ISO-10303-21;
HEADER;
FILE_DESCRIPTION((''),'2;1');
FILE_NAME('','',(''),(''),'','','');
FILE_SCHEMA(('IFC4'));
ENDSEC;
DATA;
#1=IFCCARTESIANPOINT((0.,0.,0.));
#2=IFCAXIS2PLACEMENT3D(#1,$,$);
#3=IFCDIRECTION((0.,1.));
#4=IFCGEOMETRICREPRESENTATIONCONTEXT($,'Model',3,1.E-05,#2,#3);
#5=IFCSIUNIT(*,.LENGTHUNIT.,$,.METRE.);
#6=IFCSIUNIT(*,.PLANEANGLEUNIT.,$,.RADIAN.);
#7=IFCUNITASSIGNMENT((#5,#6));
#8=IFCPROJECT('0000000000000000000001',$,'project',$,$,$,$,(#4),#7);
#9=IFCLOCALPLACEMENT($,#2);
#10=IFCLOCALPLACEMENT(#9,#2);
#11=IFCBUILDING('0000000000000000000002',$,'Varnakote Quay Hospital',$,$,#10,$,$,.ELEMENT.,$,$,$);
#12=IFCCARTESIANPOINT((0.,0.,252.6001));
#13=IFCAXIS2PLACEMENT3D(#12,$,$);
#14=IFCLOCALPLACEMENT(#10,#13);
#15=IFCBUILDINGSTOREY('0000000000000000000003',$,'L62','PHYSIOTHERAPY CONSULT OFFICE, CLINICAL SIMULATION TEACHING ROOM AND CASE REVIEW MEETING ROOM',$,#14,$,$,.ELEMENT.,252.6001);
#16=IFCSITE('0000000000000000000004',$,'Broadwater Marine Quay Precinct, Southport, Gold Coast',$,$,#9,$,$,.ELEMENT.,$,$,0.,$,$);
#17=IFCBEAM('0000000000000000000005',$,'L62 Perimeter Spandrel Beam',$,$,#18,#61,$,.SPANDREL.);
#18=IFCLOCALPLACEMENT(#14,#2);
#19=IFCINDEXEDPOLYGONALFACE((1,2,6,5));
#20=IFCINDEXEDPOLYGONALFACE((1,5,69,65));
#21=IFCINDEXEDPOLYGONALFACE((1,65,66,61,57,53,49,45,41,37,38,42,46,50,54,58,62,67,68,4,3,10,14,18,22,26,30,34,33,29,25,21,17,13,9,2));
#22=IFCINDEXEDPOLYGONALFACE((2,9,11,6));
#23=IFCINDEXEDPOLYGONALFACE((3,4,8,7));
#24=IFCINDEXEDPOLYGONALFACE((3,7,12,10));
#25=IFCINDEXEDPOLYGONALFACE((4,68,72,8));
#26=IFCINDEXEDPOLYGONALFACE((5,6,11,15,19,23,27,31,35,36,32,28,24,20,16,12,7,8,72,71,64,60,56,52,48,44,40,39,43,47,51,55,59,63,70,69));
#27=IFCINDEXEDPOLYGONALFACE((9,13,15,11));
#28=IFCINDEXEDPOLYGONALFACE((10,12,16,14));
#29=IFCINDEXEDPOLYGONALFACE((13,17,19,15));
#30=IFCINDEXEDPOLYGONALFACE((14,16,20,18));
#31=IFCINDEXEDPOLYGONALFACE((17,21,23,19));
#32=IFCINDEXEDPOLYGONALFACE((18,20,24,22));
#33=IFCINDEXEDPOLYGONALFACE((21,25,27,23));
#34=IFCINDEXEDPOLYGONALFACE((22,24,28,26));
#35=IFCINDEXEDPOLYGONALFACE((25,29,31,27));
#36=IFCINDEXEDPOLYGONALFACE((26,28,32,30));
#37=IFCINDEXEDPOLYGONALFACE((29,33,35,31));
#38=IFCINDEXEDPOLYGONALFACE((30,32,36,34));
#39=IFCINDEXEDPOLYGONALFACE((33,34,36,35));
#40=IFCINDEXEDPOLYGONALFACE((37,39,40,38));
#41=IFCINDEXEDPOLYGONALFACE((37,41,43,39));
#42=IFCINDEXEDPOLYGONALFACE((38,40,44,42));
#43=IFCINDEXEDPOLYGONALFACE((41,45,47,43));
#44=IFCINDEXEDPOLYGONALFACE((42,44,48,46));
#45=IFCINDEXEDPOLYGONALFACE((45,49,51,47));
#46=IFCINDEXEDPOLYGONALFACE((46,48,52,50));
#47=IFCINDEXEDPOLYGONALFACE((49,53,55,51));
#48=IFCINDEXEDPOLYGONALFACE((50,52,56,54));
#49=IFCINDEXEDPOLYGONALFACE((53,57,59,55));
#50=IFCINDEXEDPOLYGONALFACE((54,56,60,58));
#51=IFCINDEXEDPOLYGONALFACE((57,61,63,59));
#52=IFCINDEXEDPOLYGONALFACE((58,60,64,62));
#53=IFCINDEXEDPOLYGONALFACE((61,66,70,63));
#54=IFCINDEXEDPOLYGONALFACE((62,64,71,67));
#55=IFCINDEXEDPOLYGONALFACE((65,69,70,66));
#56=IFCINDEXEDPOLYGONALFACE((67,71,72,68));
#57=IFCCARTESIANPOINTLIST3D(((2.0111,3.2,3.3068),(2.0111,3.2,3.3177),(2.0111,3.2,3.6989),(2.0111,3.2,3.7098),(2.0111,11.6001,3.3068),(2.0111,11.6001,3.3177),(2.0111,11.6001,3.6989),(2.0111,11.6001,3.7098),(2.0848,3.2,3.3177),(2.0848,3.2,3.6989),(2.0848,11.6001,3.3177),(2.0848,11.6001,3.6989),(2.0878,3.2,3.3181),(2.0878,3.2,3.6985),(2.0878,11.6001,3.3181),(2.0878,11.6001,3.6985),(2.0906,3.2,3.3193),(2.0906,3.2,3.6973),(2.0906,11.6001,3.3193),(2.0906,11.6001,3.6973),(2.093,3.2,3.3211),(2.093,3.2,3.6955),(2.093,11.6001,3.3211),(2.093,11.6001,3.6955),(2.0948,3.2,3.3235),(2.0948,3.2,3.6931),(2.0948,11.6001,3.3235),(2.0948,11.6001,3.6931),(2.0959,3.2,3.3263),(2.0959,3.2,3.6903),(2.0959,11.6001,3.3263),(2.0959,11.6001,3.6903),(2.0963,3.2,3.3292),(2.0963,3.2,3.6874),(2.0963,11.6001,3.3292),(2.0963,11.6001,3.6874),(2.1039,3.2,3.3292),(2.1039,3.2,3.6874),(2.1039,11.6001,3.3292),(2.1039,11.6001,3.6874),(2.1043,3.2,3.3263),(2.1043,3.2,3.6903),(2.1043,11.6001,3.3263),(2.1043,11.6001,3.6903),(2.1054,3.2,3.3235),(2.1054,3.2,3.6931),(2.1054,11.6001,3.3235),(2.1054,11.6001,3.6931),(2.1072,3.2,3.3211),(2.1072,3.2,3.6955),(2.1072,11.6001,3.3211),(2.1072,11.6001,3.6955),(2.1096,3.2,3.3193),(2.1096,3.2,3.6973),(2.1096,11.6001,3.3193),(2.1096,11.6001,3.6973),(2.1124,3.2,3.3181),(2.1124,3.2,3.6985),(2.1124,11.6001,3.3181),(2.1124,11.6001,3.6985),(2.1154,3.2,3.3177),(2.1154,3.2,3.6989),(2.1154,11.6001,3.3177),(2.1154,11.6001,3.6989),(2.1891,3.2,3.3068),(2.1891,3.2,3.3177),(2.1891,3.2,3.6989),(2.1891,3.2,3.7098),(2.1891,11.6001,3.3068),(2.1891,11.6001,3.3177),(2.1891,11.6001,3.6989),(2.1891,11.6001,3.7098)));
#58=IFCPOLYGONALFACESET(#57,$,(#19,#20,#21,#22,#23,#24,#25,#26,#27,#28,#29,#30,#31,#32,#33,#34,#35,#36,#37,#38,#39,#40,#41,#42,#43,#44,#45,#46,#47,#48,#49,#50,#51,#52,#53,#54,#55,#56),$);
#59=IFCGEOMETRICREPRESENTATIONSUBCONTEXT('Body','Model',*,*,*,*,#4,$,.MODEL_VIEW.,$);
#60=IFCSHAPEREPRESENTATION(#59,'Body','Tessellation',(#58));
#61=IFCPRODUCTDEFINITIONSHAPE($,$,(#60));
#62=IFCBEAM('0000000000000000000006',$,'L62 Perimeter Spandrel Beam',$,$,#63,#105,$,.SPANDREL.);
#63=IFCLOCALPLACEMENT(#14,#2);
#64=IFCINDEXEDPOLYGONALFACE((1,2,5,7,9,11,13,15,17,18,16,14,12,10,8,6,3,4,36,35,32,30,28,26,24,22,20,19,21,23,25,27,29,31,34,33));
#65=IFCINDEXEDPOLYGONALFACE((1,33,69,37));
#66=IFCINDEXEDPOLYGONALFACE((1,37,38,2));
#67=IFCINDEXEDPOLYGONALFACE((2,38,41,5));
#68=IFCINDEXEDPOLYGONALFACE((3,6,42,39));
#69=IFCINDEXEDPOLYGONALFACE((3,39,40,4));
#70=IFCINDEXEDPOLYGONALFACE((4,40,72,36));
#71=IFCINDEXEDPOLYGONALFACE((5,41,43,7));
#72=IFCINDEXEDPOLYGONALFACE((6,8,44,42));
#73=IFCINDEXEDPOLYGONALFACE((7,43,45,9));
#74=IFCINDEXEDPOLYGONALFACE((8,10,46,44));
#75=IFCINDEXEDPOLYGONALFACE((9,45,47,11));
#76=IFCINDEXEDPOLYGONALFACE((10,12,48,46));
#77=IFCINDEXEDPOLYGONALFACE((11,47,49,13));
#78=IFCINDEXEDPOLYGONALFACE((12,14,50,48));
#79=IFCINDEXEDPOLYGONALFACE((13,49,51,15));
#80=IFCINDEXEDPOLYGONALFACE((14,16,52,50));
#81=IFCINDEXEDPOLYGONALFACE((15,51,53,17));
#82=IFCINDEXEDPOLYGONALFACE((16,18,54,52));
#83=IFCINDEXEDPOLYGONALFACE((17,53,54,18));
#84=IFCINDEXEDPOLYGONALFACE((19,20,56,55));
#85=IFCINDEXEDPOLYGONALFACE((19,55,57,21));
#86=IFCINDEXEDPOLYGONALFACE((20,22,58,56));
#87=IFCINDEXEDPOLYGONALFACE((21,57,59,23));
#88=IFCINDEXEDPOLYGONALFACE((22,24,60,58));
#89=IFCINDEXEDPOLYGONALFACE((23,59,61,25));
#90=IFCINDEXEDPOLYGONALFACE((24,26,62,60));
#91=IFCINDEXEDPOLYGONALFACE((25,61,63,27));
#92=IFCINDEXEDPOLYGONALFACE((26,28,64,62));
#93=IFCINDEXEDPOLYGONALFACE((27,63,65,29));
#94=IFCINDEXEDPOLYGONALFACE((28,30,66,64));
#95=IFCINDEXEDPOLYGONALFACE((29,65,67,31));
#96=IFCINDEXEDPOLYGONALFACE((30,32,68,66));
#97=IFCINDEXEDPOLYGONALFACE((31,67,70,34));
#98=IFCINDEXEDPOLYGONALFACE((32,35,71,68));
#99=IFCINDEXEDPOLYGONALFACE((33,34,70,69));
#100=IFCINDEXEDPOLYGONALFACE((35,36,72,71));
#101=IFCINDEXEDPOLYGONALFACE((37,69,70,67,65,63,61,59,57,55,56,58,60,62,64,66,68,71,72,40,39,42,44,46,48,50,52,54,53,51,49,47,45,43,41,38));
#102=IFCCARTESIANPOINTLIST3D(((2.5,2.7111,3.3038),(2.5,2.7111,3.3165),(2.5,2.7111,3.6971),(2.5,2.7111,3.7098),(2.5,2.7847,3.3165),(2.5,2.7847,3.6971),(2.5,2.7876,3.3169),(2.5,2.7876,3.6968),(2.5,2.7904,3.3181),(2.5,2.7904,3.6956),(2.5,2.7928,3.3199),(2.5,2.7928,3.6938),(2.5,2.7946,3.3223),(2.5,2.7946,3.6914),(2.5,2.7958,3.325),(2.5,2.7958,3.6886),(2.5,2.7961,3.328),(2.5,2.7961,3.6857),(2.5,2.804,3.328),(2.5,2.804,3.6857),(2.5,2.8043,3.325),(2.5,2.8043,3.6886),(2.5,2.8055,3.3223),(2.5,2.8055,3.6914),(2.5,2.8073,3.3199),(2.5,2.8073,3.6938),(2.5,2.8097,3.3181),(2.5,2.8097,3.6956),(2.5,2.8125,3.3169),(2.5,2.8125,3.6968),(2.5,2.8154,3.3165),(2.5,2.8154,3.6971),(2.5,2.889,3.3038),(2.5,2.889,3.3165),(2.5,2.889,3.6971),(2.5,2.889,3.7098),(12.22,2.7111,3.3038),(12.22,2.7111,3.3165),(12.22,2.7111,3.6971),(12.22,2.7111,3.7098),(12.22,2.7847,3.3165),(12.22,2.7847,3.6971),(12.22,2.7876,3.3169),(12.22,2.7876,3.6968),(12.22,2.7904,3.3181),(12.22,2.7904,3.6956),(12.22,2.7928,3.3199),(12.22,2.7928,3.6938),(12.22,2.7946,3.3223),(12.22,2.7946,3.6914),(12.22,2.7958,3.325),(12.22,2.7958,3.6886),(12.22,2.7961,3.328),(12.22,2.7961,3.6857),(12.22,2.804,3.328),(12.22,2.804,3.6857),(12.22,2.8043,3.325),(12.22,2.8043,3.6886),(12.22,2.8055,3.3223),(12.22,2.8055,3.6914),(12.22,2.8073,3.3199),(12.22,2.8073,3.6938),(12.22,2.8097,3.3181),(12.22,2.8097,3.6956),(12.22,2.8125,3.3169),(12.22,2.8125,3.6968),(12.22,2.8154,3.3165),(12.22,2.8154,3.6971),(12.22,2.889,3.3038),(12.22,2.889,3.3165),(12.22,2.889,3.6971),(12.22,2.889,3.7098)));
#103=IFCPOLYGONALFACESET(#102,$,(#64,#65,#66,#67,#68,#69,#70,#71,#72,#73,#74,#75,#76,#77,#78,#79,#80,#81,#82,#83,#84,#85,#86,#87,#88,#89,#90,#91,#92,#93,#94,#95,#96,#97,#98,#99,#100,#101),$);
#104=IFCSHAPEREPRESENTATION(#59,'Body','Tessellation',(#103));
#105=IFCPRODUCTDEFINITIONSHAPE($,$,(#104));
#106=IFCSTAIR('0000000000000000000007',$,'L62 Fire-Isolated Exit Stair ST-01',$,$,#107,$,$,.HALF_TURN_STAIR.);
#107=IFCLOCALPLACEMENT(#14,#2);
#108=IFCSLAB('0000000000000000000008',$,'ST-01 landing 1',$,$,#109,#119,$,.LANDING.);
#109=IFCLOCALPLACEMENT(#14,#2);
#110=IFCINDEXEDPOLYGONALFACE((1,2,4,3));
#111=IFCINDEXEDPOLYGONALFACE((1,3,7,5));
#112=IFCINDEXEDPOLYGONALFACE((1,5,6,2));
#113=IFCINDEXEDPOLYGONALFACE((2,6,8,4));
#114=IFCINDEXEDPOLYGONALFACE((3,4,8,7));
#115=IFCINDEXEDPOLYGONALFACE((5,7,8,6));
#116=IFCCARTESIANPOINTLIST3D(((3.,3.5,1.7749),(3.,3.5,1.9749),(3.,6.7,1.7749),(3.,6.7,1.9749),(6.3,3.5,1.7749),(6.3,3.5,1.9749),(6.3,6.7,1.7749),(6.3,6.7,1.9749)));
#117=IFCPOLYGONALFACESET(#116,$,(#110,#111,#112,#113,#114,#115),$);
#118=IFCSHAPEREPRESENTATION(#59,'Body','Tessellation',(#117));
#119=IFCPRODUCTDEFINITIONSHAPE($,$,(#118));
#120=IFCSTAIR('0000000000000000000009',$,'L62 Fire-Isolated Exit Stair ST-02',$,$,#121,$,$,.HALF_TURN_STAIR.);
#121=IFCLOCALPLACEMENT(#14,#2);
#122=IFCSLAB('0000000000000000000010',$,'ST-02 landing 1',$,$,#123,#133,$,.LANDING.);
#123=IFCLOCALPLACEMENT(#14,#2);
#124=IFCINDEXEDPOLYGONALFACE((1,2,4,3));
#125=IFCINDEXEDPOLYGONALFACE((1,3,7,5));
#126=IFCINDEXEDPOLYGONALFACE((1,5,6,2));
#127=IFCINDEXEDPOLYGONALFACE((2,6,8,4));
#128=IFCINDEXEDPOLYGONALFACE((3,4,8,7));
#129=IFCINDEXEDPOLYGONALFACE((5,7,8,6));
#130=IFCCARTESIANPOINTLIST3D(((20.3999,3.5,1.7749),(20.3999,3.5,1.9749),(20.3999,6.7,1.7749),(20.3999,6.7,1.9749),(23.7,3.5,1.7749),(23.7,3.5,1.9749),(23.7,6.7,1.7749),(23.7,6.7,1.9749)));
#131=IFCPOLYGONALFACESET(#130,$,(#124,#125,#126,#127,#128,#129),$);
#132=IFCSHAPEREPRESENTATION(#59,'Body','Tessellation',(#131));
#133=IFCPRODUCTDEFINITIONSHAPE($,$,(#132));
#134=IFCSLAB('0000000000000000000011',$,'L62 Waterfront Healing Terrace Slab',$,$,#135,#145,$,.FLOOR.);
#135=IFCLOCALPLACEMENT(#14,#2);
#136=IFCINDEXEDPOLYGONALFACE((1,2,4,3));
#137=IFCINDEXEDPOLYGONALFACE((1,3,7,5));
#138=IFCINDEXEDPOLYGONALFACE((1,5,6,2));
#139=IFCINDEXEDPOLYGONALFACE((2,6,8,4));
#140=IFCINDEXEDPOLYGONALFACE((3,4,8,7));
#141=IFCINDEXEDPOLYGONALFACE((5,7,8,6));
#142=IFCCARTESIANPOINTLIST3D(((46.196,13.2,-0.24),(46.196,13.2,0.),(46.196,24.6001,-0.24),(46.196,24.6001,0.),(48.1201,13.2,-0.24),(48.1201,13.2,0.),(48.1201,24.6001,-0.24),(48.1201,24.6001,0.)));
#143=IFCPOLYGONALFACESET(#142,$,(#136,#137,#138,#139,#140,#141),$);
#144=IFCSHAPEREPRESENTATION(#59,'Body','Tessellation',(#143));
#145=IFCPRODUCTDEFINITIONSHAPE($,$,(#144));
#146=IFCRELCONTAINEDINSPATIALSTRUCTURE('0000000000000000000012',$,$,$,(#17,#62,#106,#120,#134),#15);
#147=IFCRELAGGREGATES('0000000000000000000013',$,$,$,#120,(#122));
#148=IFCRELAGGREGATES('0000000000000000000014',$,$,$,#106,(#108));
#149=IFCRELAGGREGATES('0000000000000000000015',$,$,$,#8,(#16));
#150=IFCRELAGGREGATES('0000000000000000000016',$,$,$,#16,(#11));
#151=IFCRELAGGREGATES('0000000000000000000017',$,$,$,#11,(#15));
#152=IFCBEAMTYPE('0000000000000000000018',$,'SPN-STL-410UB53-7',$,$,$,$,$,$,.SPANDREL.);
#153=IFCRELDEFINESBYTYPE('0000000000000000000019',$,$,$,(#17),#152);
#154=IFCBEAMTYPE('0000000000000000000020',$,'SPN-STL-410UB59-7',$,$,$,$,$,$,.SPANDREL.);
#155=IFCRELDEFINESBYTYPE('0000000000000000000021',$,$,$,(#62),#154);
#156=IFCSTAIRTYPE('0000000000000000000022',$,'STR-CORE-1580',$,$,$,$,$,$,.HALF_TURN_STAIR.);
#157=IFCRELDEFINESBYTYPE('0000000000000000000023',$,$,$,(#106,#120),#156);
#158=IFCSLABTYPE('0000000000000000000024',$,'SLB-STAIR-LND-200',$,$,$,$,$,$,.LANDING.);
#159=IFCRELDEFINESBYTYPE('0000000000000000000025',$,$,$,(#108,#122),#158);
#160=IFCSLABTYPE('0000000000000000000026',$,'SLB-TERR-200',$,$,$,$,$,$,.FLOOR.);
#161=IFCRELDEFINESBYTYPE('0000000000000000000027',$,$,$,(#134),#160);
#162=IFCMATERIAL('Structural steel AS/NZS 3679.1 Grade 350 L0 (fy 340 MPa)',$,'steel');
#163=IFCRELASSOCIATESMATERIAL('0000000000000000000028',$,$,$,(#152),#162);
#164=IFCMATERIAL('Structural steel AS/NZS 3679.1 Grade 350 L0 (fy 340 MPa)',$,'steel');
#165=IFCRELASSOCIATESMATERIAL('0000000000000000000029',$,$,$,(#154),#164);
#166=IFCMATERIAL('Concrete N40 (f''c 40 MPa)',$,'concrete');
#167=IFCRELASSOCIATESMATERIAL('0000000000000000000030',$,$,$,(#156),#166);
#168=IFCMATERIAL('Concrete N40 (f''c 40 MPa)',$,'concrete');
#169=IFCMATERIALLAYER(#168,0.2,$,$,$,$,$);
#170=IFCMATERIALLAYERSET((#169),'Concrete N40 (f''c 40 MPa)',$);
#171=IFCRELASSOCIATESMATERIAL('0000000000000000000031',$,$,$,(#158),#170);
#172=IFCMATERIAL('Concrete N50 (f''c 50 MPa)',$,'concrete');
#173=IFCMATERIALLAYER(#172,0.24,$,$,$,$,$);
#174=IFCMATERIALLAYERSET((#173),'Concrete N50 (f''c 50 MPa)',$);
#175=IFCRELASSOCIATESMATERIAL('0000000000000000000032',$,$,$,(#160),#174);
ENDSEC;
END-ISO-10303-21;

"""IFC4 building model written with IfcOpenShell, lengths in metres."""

from ifc_helpers import new_model, si_unit, direction, frame, origin, origin_2d, place, context, subcontext, project, spatial, polyline, i_section, outline, extrude, material, layer, layer_set, material_profile, profile_set, type_object, element, aggregate, save


model = new_model("IFC4")

# Units and contexts
model_context = context("Model", 3, precision=1e-05, world=origin(), true_north=direction((0.0, 1.0)))
body_context = subcontext(model_context, "Body", "Model", "MODEL_VIEW")
ifc_project = project(units=[si_unit("LENGTHUNIT", "METRE"), si_unit("PLANEANGLEUNIT", "RADIAN")], contexts=[model_context])

# Site, building, storey
site_placement = place(None, origin())
site = spatial("IfcSite", under=ifc_project, at=site_placement, Name="Broadwater Marine Quay Precinct, Southport, Gold Coast", CompositionType="ELEMENT", RefElevation=0.0)
building_placement = place(site_placement, origin())
building = spatial("IfcBuilding", under=site, at=building_placement, Name="Varnakote Quay Hospital", CompositionType="ELEMENT")
storey_placement = place(building_placement, frame((0.0, 0.0, 252.6001)))
storey = spatial("IfcBuildingStorey", under=building, at=storey_placement, Name="L62", Description="PHYSIOTHERAPY CONSULT OFFICE, CLINICAL SIMULATION TEACHING ROOM AND CASE REVIEW MEETING ROOM", CompositionType="ELEMENT", Elevation=252.6001)

# Beams
ifc_material_1 = material(Name="Structural steel AS/NZS 3679.1 Grade 350 L0 (fy 340 MPa)", Category="steel")
ifc_material_profile_1 = material_profile(ifc_material_1, i_section(OverallWidth=0.178, OverallDepth=0.4031, WebThickness=0.0076, FlangeThickness=0.011, FilletRadius=0.0115, at=origin_2d()), Name="410UB53.7")
ifc_profile_set_1 = profile_set([ifc_material_profile_1], Name="Structural steel AS/NZS 3679.1 Grade 350 L0 (fy 340 MPa)")
beam_type_1 = type_object("IfcBeamType", Name="SPN-STL-410UB53-7", PredefinedType="SPANDREL", material=ifc_profile_set_1)
beam_1_placement = place(storey_placement, frame((2.1001, 3.2, 3.5083), z_axis=(0.0, 1.0, 0.0), x_axis=(-1.0, 0.0, 0.0)))
element("IfcBeam", 1, at=beam_1_placement, inside=storey, type_object=beam_type_1, Name="L62 Perimeter Spandrel Beam", PredefinedType="SPANDREL", context=body_context, shape_type="SweptSolid", body=[
    extrude(i_section(OverallWidth=0.178, OverallDepth=0.4031, WebThickness=0.0076, FlangeThickness=0.011, FilletRadius=0.0115, at=origin_2d()), origin(), (0.0, 0.0, 1.0), 8.4001),
])
ifc_material_2 = material(Name="Structural steel AS/NZS 3679.1 Grade 350 L0 (fy 340 MPa)", Category="steel")
ifc_material_profile_2 = material_profile(ifc_material_2, i_section(OverallWidth=0.178, OverallDepth=0.406, WebThickness=0.0078, FlangeThickness=0.0127, FilletRadius=0.0115, at=origin_2d()), Name="410UB59.7")
ifc_profile_set_2 = profile_set([ifc_material_profile_2], Name="Structural steel AS/NZS 3679.1 Grade 350 L0 (fy 340 MPa)")
beam_type_2 = type_object("IfcBeamType", Name="SPN-STL-410UB59-7", PredefinedType="SPANDREL", material=ifc_profile_set_2)
beam_2_placement = place(storey_placement, frame((2.5, 2.8, 3.5068), z_axis=(1.0, 0.0, 0.0), x_axis=(0.0, 1.0, 0.0)))
element("IfcBeam", 2, at=beam_2_placement, inside=storey, type_object=beam_type_2, Name="L62 Perimeter Spandrel Beam", PredefinedType="SPANDREL", context=body_context, shape_type="SweptSolid", body=[
    extrude(i_section(OverallWidth=0.178, OverallDepth=0.406, WebThickness=0.0078, FlangeThickness=0.0127, FilletRadius=0.0115, at=origin_2d()), origin(), (0.0, 0.0, 1.0), 9.72),
])

# Stairs, slabs
ifc_material_3 = material(Name="Concrete N40 (f'c 40 MPa)", Category="concrete")
stair_type = type_object("IfcStairType", Name="STR-CORE-1580", PredefinedType="HALF_TURN_STAIR", material=ifc_material_3)
stair_1_placement = place(storey_placement, origin())
stair_1 = element("IfcStair", 3, at=stair_1_placement, inside=storey, type_object=stair_type, Name="L62 Fire-Isolated Exit Stair ST-01", PredefinedType="HALF_TURN_STAIR")
ifc_material_4 = material(Name="Concrete N40 (f'c 40 MPa)", Category="concrete")
ifc_layer_1 = layer(ifc_material_4, 0.2)
ifc_layer_set_1 = layer_set([ifc_layer_1], Name="Concrete N40 (f'c 40 MPa)")
slab_type_1 = type_object("IfcSlabType", Name="SLB-STAIR-LND-200", PredefinedType="LANDING", material=ifc_layer_set_1)
slab_1_placement = place(storey_placement, frame((0.0, 0.0, 1.7749)))
slab_1 = element("IfcSlab", 4, at=slab_1_placement, type_object=slab_type_1, Name="ST-01 landing 1", PredefinedType="LANDING", context=body_context, shape_type="SweptSolid", body=[
    extrude(outline(polyline([(3.0, 6.7), (3.0, 3.5), (6.3, 3.5), (6.3, 6.7), (3.0, 6.7)])), origin(), (0.0, 0.0, 1.0), 0.2),
])
stair_2_placement = place(storey_placement, origin())
stair_2 = element("IfcStair", 5, at=stair_2_placement, inside=storey, type_object=stair_type, Name="L62 Fire-Isolated Exit Stair ST-02", PredefinedType="HALF_TURN_STAIR")
slab_2_placement = place(storey_placement, frame((0.0, 0.0, 1.7749)))
slab_2 = element("IfcSlab", 6, at=slab_2_placement, type_object=slab_type_1, Name="ST-02 landing 1", PredefinedType="LANDING", context=body_context, shape_type="SweptSolid", body=[
    extrude(outline(polyline([(20.3999, 6.7), (20.3999, 3.5), (23.7, 3.5), (23.7, 6.7), (20.3999, 6.7)])), origin(), (0.0, 0.0, 1.0), 0.2),
])
aggregate(stair_2, [slab_2])

# Slab
ifc_material_5 = material(Name="Concrete N50 (f'c 50 MPa)", Category="concrete")
ifc_layer_2 = layer(ifc_material_5, 0.24)
ifc_layer_set_2 = layer_set([ifc_layer_2], Name="Concrete N50 (f'c 50 MPa)")
slab_type_2 = type_object("IfcSlabType", Name="SLB-TERR-200", PredefinedType="FLOOR", material=ifc_layer_set_2)
slab_3_placement = place(storey_placement, frame((0.0, 0.0, -0.24)))
element("IfcSlab", 7, at=slab_3_placement, inside=storey, type_object=slab_type_2, Name="L62 Waterfront Healing Terrace Slab", PredefinedType="FLOOR", context=body_context, shape_type="SweptSolid", body=[
    extrude(outline(polyline([(46.196, 24.6001), (46.196, 13.2), (48.1201, 13.2), (48.1201, 24.6001), (46.196, 24.6001)])), origin(), (0.0, 0.0, 1.0), 0.24),
])

aggregate(stair_1, [slab_1])

save(model, "model.ifc")
